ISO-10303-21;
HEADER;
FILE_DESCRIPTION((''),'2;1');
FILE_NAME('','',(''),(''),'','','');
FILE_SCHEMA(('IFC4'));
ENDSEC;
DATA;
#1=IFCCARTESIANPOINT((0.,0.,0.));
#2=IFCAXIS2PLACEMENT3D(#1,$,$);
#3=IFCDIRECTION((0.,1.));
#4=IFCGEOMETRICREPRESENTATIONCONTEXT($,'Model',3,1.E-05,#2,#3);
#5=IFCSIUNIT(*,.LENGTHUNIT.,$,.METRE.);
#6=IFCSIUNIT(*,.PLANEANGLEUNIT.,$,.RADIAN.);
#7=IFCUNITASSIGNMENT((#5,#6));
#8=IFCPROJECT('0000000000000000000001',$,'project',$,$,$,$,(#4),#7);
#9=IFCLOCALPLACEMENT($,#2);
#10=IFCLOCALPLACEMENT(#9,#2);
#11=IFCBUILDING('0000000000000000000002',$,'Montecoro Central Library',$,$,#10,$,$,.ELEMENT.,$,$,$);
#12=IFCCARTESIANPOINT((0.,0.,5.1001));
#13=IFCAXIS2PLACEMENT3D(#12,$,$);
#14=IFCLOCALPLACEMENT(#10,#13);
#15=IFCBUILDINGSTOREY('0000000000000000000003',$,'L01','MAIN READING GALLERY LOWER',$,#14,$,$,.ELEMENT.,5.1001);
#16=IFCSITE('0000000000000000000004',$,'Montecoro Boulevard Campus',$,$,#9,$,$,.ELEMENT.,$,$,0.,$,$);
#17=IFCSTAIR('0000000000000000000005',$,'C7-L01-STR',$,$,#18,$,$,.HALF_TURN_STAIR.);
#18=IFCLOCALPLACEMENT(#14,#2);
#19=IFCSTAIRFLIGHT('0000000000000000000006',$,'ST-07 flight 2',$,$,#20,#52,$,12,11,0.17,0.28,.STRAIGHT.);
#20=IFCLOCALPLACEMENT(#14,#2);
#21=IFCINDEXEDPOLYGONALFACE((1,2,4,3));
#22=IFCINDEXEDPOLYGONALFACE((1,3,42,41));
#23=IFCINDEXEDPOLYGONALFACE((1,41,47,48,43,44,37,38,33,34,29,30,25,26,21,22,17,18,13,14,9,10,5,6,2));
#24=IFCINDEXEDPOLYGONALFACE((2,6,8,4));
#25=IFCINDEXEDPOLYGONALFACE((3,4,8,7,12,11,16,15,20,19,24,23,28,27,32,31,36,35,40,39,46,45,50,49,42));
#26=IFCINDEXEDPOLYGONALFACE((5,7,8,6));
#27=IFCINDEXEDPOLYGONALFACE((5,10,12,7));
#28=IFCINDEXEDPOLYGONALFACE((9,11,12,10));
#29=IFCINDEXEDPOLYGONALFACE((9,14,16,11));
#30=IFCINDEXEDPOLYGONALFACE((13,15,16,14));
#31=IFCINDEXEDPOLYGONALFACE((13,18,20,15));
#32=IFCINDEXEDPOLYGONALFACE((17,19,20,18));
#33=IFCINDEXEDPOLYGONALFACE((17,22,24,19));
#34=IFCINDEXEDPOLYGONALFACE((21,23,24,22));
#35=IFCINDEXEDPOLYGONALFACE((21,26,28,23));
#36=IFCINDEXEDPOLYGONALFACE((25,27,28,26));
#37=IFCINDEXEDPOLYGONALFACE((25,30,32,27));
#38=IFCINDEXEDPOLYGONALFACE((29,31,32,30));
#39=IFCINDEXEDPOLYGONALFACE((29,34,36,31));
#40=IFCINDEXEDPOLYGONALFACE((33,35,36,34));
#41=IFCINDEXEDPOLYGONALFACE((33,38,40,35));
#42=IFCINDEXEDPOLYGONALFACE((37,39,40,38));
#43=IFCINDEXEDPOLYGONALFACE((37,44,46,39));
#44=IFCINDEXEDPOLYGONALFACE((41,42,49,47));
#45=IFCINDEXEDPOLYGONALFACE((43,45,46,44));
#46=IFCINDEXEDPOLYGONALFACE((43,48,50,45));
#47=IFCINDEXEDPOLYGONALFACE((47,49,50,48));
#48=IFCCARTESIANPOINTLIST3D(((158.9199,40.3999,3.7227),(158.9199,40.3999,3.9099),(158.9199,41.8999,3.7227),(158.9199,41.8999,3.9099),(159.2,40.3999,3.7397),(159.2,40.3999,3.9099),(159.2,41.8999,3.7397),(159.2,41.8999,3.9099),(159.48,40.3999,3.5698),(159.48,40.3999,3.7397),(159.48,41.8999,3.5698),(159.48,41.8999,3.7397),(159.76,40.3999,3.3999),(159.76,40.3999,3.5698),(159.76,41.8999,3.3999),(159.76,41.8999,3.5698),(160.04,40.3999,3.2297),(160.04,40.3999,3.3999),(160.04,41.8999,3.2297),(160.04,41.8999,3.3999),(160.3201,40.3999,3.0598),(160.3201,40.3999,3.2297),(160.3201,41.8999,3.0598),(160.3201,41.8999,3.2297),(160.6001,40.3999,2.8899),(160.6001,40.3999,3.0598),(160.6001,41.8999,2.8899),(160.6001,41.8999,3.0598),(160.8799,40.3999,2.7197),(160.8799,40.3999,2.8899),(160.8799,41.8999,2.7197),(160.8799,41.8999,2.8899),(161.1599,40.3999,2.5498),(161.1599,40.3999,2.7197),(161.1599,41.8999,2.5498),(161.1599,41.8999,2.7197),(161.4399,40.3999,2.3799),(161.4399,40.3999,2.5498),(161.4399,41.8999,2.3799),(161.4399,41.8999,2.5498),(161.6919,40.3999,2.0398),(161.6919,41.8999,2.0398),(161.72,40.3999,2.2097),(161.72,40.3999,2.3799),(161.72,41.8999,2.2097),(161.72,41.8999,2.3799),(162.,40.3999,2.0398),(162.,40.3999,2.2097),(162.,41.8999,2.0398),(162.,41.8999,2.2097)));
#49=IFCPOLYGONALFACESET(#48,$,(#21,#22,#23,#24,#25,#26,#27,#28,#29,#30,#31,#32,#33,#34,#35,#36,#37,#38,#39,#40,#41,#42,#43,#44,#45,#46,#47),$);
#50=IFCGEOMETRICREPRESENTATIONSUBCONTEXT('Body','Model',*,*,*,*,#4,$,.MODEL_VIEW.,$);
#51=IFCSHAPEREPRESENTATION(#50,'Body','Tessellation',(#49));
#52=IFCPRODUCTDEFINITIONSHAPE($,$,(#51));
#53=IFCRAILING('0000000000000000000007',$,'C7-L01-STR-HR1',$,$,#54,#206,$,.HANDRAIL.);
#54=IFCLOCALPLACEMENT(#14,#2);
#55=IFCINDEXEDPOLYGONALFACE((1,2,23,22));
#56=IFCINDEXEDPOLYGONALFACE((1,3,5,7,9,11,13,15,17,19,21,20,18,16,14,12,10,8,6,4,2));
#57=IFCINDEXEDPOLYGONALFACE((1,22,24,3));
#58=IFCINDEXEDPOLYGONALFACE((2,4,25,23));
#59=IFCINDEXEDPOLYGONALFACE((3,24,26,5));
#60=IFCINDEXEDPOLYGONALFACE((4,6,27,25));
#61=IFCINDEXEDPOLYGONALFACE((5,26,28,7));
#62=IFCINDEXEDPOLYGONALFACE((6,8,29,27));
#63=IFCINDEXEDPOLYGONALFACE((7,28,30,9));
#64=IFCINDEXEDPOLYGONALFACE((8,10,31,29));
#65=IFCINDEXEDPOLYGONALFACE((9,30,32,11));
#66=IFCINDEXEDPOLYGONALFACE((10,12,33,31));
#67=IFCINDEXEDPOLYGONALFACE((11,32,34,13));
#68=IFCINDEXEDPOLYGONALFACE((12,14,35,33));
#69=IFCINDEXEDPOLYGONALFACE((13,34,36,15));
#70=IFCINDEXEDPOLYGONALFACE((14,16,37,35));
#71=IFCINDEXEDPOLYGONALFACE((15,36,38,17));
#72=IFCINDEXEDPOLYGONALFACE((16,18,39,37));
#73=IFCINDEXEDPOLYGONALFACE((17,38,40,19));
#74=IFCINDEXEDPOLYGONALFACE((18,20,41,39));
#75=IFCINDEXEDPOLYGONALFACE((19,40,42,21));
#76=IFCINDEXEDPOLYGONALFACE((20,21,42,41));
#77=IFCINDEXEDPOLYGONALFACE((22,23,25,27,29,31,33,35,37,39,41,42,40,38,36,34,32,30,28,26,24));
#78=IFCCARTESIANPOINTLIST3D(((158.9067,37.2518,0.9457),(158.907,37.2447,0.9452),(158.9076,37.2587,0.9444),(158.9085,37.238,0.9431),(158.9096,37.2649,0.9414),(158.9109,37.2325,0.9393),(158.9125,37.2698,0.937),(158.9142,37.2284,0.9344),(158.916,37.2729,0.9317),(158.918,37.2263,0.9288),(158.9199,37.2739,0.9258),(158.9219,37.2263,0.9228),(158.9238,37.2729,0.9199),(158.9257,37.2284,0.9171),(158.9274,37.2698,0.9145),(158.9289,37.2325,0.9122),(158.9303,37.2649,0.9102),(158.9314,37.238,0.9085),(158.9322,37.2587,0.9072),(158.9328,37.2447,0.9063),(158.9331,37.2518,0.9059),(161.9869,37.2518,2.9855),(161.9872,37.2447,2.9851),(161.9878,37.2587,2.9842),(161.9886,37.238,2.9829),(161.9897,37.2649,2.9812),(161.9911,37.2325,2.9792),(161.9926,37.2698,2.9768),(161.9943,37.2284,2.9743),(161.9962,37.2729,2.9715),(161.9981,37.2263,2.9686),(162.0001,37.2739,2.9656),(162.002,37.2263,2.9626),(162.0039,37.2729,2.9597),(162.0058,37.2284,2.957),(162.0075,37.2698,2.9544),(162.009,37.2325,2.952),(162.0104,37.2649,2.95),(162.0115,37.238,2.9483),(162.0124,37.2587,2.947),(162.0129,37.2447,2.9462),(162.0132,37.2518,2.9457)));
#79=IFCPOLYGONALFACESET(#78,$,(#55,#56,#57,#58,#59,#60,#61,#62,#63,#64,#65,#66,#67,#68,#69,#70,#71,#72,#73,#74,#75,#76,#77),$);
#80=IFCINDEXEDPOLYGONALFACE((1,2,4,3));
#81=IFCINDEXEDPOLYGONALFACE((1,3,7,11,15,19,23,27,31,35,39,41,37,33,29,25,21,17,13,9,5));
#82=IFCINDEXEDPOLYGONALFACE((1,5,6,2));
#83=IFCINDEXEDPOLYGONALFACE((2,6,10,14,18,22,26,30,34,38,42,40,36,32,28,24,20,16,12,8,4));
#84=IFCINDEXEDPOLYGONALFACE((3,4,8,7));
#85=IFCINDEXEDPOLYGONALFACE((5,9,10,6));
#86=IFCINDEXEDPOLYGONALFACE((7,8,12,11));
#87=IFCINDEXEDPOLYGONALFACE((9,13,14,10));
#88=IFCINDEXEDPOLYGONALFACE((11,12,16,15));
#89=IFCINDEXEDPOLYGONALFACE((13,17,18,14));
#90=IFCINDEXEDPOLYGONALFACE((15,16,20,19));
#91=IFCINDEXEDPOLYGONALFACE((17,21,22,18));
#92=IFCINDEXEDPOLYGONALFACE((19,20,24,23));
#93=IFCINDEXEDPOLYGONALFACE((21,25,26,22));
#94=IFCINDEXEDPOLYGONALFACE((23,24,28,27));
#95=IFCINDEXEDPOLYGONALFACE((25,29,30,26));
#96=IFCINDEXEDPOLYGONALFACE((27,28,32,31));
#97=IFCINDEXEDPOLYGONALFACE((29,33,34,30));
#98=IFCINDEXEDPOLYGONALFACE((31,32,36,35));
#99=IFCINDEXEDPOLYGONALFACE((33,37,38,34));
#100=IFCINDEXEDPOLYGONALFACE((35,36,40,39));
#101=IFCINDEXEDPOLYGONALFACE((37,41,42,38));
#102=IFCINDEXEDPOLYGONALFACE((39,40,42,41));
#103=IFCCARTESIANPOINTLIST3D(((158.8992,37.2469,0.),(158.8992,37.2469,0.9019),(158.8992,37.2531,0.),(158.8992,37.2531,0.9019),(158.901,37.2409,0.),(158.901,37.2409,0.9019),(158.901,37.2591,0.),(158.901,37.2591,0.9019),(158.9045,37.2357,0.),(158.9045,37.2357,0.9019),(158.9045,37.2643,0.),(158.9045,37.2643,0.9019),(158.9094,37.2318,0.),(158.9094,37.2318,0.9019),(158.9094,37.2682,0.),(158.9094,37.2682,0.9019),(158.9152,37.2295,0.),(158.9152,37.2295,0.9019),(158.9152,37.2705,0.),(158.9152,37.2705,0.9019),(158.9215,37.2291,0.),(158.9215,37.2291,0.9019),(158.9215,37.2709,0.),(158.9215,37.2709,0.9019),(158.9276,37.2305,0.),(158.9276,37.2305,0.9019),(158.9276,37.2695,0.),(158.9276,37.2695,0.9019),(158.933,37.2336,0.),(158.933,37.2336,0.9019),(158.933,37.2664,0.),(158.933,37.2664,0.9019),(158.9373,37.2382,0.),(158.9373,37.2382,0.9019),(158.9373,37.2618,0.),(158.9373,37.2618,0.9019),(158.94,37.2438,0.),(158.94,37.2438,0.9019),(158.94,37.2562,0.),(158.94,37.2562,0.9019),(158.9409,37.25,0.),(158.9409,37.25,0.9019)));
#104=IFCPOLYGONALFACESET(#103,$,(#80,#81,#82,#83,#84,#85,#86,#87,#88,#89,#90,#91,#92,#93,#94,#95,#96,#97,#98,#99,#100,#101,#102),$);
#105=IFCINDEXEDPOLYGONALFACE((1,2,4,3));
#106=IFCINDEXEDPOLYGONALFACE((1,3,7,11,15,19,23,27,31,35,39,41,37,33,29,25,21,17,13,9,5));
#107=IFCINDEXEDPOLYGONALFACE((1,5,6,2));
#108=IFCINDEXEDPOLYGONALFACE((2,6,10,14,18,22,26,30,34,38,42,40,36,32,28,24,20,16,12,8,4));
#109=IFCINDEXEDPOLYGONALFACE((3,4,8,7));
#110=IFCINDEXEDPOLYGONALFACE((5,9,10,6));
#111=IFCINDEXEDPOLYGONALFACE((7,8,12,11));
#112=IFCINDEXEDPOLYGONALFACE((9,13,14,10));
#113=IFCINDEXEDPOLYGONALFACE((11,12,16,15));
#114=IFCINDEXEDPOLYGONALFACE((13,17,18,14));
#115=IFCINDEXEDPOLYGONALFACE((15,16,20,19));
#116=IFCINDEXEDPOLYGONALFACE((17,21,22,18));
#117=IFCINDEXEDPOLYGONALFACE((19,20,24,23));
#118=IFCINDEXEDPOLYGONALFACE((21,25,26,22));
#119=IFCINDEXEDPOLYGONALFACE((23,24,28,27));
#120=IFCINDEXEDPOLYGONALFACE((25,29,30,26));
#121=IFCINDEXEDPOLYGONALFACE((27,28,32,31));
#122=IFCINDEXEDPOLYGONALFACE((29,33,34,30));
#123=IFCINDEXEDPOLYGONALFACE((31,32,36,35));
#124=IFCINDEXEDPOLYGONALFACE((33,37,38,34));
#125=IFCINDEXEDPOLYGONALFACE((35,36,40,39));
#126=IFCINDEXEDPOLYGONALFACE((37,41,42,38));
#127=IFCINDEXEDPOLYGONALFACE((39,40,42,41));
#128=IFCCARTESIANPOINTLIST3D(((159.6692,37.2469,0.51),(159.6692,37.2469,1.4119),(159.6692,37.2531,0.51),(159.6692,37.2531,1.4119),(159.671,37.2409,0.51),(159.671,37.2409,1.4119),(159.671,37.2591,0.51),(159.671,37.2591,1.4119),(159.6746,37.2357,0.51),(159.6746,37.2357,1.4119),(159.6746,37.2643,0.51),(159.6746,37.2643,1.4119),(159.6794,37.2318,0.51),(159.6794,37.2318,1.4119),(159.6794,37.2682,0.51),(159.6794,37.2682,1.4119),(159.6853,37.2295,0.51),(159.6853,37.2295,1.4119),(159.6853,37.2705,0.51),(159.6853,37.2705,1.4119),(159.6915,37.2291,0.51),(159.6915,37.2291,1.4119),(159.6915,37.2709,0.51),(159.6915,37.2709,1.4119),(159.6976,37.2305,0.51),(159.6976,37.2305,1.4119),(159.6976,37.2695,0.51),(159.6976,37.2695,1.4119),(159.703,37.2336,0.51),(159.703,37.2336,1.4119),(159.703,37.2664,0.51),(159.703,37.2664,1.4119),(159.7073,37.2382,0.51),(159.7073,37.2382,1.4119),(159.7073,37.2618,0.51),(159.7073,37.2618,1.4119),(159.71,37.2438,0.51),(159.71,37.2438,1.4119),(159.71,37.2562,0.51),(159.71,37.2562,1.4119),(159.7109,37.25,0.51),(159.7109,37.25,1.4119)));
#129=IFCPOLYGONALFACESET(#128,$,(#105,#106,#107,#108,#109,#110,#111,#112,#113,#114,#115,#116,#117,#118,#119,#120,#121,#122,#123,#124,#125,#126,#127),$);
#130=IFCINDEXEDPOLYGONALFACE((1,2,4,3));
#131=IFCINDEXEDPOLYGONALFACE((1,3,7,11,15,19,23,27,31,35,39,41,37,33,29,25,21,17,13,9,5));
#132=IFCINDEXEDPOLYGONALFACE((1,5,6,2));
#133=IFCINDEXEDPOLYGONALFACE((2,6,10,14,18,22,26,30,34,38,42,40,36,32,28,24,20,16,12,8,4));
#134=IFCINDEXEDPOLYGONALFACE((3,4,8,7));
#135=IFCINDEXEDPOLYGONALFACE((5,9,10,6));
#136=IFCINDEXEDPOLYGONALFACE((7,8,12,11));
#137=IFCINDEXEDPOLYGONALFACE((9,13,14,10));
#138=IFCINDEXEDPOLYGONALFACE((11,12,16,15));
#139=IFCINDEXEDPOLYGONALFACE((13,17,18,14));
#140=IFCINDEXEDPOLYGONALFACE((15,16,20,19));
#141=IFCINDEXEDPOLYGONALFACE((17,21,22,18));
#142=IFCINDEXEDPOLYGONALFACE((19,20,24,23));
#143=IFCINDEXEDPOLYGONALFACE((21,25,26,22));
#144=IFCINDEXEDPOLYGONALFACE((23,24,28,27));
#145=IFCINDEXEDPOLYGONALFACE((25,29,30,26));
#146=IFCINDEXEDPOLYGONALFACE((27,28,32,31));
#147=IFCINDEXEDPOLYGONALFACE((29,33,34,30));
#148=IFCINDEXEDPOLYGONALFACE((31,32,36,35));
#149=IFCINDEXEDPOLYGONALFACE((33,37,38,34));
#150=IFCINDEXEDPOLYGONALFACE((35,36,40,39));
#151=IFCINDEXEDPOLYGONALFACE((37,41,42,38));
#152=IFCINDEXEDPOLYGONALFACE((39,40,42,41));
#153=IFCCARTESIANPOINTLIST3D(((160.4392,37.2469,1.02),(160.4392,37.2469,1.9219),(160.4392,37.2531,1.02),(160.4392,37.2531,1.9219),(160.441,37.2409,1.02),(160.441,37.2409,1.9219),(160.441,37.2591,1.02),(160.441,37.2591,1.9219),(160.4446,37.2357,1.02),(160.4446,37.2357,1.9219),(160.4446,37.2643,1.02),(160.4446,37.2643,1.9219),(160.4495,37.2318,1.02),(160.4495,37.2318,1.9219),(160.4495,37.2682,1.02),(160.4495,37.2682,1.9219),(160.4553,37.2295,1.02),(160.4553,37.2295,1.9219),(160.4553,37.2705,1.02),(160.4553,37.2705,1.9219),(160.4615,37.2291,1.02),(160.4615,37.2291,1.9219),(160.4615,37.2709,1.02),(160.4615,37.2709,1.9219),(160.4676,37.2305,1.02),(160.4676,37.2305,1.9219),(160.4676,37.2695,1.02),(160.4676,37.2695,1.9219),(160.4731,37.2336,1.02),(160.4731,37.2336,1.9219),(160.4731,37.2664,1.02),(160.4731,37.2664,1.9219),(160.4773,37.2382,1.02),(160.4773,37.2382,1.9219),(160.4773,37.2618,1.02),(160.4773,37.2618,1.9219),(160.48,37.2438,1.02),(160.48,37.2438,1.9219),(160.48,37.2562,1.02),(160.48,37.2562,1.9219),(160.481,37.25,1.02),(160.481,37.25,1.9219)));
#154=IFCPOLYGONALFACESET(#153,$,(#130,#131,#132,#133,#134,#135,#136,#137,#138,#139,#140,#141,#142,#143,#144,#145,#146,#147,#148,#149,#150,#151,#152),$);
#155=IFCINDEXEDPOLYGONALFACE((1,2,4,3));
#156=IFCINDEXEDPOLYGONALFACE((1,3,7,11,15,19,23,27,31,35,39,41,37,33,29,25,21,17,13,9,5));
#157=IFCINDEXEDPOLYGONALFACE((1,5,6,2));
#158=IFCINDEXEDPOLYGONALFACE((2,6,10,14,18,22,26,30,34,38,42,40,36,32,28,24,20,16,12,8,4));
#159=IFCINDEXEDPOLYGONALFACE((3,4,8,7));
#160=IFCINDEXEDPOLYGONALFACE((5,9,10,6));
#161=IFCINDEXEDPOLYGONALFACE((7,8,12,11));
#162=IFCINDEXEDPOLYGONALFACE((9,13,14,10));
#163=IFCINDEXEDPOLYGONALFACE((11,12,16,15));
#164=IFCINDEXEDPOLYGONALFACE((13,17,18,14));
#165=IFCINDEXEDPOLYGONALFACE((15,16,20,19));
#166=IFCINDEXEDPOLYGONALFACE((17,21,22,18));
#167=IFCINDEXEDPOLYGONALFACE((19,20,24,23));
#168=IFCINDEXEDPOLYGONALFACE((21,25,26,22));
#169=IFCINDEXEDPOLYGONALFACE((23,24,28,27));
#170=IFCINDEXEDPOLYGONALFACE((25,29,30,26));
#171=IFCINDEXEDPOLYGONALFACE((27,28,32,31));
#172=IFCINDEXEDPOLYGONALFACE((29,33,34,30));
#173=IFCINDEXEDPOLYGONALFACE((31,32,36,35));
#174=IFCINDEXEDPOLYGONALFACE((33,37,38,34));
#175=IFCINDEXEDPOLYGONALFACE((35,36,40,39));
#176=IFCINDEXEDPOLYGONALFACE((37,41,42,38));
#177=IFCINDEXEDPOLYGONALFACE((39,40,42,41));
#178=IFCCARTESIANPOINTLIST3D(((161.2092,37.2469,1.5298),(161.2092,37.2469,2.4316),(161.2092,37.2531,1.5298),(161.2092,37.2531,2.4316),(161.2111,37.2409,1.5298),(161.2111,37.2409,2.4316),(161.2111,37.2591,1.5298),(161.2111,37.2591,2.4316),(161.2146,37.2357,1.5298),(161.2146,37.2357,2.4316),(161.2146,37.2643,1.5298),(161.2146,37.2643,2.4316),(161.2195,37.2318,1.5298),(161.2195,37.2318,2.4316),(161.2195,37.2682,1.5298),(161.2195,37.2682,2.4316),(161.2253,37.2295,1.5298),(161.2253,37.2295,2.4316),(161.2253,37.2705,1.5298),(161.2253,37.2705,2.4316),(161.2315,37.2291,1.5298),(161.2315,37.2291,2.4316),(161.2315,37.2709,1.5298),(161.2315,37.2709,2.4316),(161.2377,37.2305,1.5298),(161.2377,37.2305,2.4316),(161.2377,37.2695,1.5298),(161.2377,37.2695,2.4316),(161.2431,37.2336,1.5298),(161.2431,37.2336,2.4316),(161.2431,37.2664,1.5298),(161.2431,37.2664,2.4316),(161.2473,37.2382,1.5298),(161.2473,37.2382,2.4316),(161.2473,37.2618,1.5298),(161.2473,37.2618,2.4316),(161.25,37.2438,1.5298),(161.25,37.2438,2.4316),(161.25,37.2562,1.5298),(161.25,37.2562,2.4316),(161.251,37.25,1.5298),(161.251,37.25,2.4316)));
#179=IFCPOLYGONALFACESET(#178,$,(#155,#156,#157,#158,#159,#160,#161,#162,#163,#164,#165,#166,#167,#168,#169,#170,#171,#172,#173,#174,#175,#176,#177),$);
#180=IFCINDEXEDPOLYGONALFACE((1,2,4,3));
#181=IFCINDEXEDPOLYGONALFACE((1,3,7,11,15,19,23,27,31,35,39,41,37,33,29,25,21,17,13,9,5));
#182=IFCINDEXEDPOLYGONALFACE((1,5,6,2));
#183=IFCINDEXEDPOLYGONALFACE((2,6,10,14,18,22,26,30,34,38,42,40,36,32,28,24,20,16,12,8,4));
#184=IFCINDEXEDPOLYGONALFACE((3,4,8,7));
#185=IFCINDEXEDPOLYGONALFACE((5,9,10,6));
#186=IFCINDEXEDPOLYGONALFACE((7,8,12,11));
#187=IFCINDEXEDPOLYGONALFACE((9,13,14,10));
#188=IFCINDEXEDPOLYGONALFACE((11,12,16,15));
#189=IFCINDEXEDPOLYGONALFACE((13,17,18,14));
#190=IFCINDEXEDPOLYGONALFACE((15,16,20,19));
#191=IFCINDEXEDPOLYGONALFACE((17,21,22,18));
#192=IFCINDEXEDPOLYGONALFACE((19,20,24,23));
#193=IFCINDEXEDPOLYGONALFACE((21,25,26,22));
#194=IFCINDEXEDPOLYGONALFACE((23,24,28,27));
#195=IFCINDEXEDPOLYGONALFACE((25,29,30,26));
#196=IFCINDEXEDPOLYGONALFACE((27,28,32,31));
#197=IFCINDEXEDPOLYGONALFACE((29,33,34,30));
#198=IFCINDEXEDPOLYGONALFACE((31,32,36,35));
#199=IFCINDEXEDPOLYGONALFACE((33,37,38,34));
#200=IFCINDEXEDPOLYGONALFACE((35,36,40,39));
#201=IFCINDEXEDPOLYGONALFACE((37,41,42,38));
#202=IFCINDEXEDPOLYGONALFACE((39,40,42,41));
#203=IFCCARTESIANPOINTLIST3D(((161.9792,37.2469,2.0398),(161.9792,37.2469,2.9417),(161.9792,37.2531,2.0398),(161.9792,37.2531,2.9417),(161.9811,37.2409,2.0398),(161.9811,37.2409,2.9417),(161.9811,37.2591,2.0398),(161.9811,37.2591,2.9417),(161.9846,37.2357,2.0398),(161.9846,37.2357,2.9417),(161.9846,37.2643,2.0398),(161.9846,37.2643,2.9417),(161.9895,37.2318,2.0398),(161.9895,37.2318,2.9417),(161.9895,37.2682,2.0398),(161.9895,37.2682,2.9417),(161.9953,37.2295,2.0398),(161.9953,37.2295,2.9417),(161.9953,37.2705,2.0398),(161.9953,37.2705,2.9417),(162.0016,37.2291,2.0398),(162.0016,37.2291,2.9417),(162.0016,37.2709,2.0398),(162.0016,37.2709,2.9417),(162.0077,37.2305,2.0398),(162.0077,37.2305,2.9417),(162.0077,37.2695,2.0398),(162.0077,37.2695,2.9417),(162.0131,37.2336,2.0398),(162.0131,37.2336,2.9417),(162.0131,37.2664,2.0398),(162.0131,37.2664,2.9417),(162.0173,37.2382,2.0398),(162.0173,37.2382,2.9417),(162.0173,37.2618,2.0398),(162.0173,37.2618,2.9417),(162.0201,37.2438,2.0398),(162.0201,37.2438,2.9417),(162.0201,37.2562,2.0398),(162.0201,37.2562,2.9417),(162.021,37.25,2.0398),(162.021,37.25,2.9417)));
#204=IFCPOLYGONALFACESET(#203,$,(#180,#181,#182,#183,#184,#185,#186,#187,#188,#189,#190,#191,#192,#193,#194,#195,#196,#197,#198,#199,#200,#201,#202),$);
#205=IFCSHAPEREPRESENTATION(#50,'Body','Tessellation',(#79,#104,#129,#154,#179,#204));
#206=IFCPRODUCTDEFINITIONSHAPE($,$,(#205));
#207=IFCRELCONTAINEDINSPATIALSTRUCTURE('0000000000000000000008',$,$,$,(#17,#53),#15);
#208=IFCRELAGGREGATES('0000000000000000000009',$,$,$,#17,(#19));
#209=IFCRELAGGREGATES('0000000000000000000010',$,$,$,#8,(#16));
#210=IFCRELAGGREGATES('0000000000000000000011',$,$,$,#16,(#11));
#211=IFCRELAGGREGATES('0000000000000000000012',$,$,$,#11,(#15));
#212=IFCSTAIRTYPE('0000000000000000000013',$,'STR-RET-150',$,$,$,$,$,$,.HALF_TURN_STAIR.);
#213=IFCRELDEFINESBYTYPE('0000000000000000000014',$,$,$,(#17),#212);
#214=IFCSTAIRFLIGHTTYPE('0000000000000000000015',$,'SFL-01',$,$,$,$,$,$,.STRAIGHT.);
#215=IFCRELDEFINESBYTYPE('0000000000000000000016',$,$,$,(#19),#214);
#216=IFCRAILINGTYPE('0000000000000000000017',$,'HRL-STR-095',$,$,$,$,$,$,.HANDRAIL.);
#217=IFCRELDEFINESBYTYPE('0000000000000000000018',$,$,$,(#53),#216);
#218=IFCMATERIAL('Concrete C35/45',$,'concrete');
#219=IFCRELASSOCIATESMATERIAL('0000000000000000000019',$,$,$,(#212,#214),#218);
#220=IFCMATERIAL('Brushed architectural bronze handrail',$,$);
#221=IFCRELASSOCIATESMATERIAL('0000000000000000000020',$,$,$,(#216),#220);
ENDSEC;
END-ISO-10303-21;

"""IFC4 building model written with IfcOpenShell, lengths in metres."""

from ifc_helpers import new_model, si_unit, direction, frame, origin, origin_2d, place, context, subcontext, project, spatial, polyline, circle, outline, extrude, material, type_object, element, aggregate, save


model = new_model("IFC4")

# Units and contexts
model_context = context("Model", 3, precision=1e-05, world=origin(), true_north=direction((0.0, 1.0)))
body_context = subcontext(model_context, "Body", "Model", "MODEL_VIEW")
ifc_project = project(units=[si_unit("LENGTHUNIT", "METRE"), si_unit("PLANEANGLEUNIT", "RADIAN")], contexts=[model_context])

# Site, building, storey
site_placement = place(None, origin())
site = spatial("IfcSite", under=ifc_project, at=site_placement, Name="Montecoro Boulevard Campus", CompositionType="ELEMENT", RefElevation=0.0)
building_placement = place(site_placement, origin())
building = spatial("IfcBuilding", under=site, at=building_placement, Name="Montecoro Central Library", CompositionType="ELEMENT")
storey_placement = place(building_placement, frame((0.0, 0.0, 5.1001)))
storey = spatial("IfcBuildingStorey", under=building, at=storey_placement, Name="L01", Description="MAIN READING GALLERY LOWER", CompositionType="ELEMENT", Elevation=5.1001)

# Shared definitions
ifc_material_1 = material(Name="Concrete C35/45", Category="concrete")

# Stair, stair flight
stair_type = type_object("IfcStairType", Name="STR-RET-150", PredefinedType="HALF_TURN_STAIR", material=ifc_material_1)
stair_placement = place(storey_placement, origin())
stair = element("IfcStair", 1, at=stair_placement, inside=storey, type_object=stair_type, Name="C7-L01-STR", PredefinedType="HALF_TURN_STAIR")
stair_flight_type = type_object("IfcStairFlightType", Name="SFL-01", PredefinedType="STRAIGHT", material=ifc_material_1)
stair_flight_1_placement = place(storey_placement, frame((162.0, 41.1499, 2.0398), z_axis=(0.0, 0.0, 1.0), x_axis=(-1.0, 0.0, 0.0)))
stair_flight_1 = element("IfcStairFlight", 2, at=stair_flight_1_placement, type_object=stair_flight_type, Name="ST-07 flight 2", NumberOfRisers=12, NumberOfTreads=11, PredefinedType="STRAIGHT", RiserHeight=0.17, TreadLength=0.28, context=body_context, shape_type="SweptSolid", body=[
    extrude(outline(polyline([(0.0, 0.0), (0.0, 0.1699), (0.28, 0.1699), (0.28, 0.3401), (0.5601, 0.3401), (0.5601, 0.51), (0.8401, 0.51), (0.8401, 0.6799), (1.1201, 0.6799), (1.1201, 0.8501), (1.3999, 0.8501), (1.3999, 1.02), (1.6799, 1.02), (1.6799, 1.1899), (1.96, 1.1899), (1.96, 1.3601), (2.24, 1.3601), (2.24, 1.53), (2.52, 1.53), (2.52, 1.7), (2.8, 1.7), (2.8, 1.8701), (3.0801, 1.8701), (3.0801, 2.04), (3.0801, 1.6829), (0.3081, 0.0), (0.0, 0.0)])), frame((0.0, 0.75, 0.0), z_axis=(0.0, -1.0, 0.0), x_axis=(1.0, 0.0, 0.0)), (0.0, 0.0, 1.0), 1.5),
])
aggregate(stair, [stair_flight_1])

# Railing
ifc_material_2 = material(Name="Brushed architectural bronze handrail")
railing_type_1 = type_object("IfcRailingType", Name="HRL-STR-095", PredefinedType="HANDRAIL", material=ifc_material_2)
railing_1_placement = place(storey_placement, frame((158.9199, 37.25, 0.0)))
element("IfcRailing", 3, at=railing_1_placement, inside=storey, type_object=railing_type_1, Name="C7-L01-STR-HR1", PredefinedType="HANDRAIL", context=body_context, shape_type="SweptSolid", body=[
    extrude(circle(Radius=0.0239, at=origin_2d()), frame((0.0, 0.0, 0.9258), z_axis=(0.833744, 0.0, 0.552151), x_axis=(0.0, 1.0, 0.0)), (0.0, 0.0, 1.0), 3.6943),
    extrude(circle(Radius=0.021, at=origin_2d()), origin(), (0.0, 0.0, 1.0), 0.9019),
    extrude(circle(Radius=0.021, at=origin_2d()), frame((0.77, 0.0, 0.51)), (0.0, 0.0, 1.0), 0.9019),
    extrude(circle(Radius=0.021, at=origin_2d()), frame((1.54, 0.0, 1.02)), (0.0, 0.0, 1.0), 0.9019),
    extrude(circle(Radius=0.021, at=origin_2d()), frame((2.3101, 0.0, 1.5298)), (0.0, 0.0, 1.0), 0.9019),
    extrude(circle(Radius=0.021, at=origin_2d()), frame((3.0801, 0.0, 2.0398)), (0.0, 0.0, 1.0), 0.9019),
])

save(model, "model.ifc")
